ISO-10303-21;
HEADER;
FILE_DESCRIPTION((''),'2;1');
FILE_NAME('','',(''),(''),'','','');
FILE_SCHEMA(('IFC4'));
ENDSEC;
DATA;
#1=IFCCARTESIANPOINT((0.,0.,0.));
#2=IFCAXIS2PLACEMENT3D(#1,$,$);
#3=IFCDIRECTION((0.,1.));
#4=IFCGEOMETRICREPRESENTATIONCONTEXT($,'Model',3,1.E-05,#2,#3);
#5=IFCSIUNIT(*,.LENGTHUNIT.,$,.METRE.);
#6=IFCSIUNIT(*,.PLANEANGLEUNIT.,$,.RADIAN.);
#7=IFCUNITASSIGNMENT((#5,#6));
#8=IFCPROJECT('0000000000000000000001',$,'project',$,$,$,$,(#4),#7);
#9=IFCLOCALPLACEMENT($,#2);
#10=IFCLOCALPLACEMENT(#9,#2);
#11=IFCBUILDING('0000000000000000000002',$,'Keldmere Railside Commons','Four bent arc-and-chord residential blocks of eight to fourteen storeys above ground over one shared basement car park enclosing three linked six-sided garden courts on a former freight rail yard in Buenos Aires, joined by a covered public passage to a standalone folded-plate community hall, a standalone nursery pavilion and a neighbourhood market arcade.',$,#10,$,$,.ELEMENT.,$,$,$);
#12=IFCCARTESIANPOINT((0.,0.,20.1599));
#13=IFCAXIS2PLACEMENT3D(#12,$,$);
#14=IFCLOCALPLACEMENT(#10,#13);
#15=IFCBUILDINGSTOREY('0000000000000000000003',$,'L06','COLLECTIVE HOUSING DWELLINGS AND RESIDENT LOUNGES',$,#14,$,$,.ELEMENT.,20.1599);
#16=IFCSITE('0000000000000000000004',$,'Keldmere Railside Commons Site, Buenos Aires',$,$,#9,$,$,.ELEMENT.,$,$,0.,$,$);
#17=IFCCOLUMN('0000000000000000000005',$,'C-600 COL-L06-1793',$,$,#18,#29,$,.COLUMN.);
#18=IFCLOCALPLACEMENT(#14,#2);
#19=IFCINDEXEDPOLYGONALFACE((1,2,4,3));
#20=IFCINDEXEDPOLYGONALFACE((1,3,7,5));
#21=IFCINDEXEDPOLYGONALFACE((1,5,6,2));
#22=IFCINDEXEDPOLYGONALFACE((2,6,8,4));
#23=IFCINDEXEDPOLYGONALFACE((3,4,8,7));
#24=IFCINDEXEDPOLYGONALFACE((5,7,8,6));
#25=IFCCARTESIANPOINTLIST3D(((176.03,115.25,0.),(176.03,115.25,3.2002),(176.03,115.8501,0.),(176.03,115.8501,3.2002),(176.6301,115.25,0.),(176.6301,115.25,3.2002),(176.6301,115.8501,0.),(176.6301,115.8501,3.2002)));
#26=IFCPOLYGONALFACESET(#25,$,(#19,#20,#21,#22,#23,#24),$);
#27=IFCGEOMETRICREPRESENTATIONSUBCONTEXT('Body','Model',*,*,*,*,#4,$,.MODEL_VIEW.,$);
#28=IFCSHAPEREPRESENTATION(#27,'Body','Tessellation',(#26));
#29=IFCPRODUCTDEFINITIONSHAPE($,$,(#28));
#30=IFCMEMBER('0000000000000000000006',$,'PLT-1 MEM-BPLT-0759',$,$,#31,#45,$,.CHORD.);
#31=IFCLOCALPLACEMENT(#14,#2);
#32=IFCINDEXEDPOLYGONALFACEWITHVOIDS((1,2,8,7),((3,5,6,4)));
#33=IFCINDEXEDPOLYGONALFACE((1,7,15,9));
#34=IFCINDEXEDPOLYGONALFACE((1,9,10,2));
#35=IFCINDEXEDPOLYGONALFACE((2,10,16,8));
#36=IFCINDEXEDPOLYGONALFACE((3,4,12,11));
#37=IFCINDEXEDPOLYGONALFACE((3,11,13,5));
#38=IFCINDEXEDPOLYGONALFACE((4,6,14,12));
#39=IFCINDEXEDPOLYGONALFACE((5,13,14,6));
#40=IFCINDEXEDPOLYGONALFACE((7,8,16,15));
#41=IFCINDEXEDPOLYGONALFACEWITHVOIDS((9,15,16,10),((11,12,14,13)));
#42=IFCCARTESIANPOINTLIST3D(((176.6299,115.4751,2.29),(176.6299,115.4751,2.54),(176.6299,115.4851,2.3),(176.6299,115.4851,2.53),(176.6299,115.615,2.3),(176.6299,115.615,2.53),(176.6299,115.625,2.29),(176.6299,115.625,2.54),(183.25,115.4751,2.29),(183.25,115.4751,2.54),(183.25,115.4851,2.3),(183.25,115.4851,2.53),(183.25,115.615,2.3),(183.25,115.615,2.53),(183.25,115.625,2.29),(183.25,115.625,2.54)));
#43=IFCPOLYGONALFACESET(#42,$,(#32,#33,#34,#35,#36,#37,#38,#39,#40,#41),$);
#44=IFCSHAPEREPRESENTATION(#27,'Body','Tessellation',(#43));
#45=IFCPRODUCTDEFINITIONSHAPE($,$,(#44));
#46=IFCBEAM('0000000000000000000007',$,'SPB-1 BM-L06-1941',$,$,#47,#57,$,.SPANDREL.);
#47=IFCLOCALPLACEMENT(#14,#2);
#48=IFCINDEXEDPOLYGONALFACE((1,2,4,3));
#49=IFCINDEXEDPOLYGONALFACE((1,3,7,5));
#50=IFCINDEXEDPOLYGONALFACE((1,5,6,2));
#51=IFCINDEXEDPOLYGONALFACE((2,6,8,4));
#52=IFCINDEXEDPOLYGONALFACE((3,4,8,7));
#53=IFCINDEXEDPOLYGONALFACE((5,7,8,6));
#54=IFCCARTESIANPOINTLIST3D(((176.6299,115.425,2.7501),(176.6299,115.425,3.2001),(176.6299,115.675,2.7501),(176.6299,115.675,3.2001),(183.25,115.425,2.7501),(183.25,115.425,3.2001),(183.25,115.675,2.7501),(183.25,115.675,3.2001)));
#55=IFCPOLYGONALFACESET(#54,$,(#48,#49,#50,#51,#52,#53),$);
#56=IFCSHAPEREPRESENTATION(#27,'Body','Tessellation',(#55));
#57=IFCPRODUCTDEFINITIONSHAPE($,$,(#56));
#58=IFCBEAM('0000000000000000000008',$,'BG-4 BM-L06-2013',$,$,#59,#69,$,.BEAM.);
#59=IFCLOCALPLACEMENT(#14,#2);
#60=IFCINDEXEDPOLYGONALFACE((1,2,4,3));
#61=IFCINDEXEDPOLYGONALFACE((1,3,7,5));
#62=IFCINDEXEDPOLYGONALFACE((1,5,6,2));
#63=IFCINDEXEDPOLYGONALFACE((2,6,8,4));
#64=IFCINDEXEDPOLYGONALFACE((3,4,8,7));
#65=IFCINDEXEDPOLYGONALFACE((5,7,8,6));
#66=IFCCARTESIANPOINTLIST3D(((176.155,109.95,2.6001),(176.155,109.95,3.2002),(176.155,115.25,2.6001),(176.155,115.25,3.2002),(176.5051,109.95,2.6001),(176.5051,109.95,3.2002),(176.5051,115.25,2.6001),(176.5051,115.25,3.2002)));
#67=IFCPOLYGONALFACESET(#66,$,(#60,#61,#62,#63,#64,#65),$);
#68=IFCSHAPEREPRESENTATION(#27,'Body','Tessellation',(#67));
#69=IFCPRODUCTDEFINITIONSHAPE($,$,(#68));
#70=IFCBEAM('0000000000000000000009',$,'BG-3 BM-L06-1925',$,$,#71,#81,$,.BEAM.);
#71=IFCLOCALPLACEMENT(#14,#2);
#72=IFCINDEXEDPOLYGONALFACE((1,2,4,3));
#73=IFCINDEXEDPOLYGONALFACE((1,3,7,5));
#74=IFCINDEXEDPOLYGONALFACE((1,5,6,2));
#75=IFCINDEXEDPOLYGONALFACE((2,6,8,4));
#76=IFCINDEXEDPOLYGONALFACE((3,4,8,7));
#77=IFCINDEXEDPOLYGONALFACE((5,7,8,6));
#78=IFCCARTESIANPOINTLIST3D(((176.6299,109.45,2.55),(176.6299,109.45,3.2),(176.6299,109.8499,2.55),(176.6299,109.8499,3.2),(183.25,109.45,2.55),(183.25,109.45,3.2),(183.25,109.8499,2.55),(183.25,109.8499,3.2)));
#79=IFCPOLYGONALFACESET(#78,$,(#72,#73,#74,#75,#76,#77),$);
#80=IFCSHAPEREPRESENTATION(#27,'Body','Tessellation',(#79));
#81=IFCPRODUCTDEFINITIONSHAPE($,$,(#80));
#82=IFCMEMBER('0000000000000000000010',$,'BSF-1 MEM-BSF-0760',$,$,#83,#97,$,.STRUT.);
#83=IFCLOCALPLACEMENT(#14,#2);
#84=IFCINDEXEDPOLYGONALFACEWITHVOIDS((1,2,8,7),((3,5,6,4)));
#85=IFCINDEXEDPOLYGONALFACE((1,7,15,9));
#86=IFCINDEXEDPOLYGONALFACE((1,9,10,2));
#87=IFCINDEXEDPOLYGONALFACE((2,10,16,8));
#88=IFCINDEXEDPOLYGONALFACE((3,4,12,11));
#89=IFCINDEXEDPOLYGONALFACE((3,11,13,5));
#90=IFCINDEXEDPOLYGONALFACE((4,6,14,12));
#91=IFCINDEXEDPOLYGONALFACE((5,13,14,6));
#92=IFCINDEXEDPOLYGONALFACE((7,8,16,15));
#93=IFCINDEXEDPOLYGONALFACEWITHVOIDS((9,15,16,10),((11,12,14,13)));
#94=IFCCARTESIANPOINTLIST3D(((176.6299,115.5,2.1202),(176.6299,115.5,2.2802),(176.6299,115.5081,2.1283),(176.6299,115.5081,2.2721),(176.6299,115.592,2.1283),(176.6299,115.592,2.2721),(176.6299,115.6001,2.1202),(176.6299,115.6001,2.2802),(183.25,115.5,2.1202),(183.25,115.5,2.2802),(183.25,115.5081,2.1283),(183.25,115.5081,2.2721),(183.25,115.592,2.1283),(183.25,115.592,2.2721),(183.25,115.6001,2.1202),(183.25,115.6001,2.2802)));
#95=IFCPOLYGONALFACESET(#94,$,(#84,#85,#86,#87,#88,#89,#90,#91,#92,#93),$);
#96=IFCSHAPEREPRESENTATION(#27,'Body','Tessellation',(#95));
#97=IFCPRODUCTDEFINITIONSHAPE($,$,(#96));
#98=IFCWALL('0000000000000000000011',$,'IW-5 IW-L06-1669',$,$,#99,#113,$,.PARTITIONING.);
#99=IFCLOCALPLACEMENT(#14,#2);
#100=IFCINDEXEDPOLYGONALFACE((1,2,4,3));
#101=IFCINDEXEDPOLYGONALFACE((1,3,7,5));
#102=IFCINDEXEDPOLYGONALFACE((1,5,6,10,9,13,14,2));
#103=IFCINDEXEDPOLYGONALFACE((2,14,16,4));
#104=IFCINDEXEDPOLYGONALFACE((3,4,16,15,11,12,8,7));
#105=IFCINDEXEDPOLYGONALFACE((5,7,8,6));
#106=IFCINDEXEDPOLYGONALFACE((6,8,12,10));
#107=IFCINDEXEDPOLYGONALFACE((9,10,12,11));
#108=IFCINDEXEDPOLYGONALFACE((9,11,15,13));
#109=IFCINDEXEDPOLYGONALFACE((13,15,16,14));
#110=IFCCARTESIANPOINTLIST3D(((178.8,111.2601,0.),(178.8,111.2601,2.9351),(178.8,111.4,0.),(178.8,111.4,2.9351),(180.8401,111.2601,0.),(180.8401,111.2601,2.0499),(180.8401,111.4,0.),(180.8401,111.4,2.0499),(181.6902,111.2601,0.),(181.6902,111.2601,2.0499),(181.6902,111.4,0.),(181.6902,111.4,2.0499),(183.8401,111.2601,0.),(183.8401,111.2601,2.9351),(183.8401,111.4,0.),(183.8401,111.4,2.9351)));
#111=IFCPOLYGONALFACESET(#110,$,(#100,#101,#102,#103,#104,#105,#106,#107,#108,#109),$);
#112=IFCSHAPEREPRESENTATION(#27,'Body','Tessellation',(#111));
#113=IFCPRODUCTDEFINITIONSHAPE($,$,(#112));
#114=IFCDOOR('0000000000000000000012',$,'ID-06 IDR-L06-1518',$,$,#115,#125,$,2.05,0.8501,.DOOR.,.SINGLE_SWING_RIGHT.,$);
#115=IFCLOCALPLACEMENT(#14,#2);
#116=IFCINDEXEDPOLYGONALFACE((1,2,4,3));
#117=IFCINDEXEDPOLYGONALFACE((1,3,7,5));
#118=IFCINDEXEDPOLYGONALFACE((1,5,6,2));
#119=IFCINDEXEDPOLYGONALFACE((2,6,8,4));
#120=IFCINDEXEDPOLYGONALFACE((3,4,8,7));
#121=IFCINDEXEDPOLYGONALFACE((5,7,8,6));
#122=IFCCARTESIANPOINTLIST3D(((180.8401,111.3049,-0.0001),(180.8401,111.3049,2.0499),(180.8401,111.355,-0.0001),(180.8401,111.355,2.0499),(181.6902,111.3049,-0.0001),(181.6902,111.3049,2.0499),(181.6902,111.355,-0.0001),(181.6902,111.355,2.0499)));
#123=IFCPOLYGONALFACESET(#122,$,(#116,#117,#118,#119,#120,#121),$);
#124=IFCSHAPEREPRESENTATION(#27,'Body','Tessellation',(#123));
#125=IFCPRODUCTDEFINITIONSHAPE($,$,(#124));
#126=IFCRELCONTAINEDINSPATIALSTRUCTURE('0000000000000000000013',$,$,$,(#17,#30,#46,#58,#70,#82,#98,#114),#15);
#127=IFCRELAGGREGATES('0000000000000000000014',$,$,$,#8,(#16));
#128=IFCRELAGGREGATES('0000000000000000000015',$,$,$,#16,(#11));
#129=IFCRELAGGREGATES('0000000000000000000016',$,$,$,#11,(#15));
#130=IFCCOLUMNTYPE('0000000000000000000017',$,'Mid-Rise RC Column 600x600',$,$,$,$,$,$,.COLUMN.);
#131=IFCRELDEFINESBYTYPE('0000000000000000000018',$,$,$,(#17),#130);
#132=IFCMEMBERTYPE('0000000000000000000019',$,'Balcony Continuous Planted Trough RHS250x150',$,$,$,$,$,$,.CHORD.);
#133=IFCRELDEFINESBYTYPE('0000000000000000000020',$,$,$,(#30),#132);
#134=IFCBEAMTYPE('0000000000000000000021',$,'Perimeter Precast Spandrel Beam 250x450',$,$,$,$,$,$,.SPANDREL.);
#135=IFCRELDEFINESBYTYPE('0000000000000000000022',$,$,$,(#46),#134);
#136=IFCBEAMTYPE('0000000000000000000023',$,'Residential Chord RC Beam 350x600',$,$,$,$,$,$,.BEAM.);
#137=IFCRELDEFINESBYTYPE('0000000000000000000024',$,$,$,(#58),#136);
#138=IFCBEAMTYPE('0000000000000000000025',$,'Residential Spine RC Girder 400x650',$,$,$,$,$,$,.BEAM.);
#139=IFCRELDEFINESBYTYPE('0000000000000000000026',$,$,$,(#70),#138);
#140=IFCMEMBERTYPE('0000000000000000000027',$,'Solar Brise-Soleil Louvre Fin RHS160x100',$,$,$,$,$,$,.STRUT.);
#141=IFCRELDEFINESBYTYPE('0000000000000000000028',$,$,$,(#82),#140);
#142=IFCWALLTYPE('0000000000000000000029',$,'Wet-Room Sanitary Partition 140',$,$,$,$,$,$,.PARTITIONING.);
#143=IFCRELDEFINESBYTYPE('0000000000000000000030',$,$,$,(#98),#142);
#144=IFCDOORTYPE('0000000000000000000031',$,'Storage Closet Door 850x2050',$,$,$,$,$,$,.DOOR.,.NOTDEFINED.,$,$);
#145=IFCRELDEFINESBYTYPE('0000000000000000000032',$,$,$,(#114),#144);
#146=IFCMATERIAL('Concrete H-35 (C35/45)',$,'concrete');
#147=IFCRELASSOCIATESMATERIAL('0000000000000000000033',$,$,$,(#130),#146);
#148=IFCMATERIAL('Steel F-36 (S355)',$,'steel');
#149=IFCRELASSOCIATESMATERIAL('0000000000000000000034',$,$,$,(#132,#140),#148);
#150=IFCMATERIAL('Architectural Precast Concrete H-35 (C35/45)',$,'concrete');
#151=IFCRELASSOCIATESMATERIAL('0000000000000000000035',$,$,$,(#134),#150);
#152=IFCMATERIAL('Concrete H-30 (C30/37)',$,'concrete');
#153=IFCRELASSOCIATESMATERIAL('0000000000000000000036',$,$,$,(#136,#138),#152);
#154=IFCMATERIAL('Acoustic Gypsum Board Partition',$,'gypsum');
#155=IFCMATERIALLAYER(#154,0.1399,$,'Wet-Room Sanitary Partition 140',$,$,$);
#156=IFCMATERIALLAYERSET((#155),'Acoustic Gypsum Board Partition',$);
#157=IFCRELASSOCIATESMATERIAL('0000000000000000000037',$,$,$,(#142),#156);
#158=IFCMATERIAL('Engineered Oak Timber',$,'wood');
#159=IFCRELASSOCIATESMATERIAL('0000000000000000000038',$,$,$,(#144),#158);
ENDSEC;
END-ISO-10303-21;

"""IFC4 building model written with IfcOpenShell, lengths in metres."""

from ifc_helpers import new_model, si_unit, direction, frame, frame_2d, origin, origin_2d, place, context, subcontext, project, spatial, rectangle, hollow_rectangle, extrude, material, layer, layer_set, material_profile, profile_set, type_object, element, fill, save


model = new_model("IFC4")

# Units and contexts
model_context = context("Model", 3, precision=1e-05, world=origin(), true_north=direction((0.0, 1.0)))
body_context = subcontext(model_context, "Body", "Model", "MODEL_VIEW")
ifc_project = project(units=[si_unit("LENGTHUNIT", "METRE"), si_unit("PLANEANGLEUNIT", "RADIAN")], contexts=[model_context])

# Site, building, storey
site_placement = place(None, origin())
site = spatial("IfcSite", under=ifc_project, at=site_placement, Name="Keldmere Railside Commons Site, Buenos Aires", CompositionType="ELEMENT", RefElevation=0.0)
building_placement = place(site_placement, origin())
building = spatial("IfcBuilding", under=site, at=building_placement, Name="Keldmere Railside Commons", Description="Four bent arc-and-chord residential blocks of eight to fourteen storeys above ground over one shared basement car park enclosing three linked six-sided garden courts on a former freight rail yard in Buenos Aires, joined by a covered public passage to a standalone folded-plate community hall, a standalone nursery pavilion and a neighbourhood market arcade.", CompositionType="ELEMENT")
storey_placement = place(building_placement, frame((0.0, 0.0, 20.1599)))
storey = spatial("IfcBuildingStorey", under=building, at=storey_placement, Name="L06", Description="COLLECTIVE HOUSING DWELLINGS AND RESIDENT LOUNGES", CompositionType="ELEMENT", Elevation=20.1599)

# Column
ifc_material_1 = material(Name="Concrete H-35 (C35/45)", Category="concrete")
ifc_material_profile_1 = material_profile(ifc_material_1, rectangle(XDim=0.6001, YDim=0.6001, at=origin_2d()), Name="RC-600x600")
ifc_profile_set_1 = profile_set([ifc_material_profile_1], Name="Concrete H-35 (C35/45)")
column_type = type_object("IfcColumnType", Name="Mid-Rise RC Column 600x600", PredefinedType="COLUMN", material=ifc_profile_set_1)
column_placement = place(storey_placement, frame((176.3301, 115.55, 0.0), z_axis=(0.0, 0.0, 1.0), x_axis=(1.0, 0.0, 0.0)))
element("IfcColumn", 1, at=column_placement, inside=storey, type_object=column_type, Name="C-600 COL-L06-1793", PredefinedType="COLUMN", context=body_context, shape_type="SweptSolid", body=[
    extrude(rectangle(XDim=0.6001, YDim=0.6001, at=origin_2d()), origin(), (0.0, 0.0, 1.0), 3.2002),
])

# Member
ifc_material_2 = material(Name="Steel F-36 (S355)", Category="steel")
ifc_material_profile_2 = material_profile(ifc_material_2, hollow_rectangle(XDim=0.1499, YDim=0.25, WallThickness=0.01, at=origin_2d()), Name="RHS-250x150x10")
ifc_profile_set_2 = profile_set([ifc_material_profile_2], Name="Steel F-36 (S355)")
member_type_1 = type_object("IfcMemberType", Name="Balcony Continuous Planted Trough RHS250x150", PredefinedType="CHORD", material=ifc_profile_set_2)
member_1_placement = place(storey_placement, frame((176.6299, 115.55, 2.415), z_axis=(1.0, 0.0, 0.0), x_axis=(0.0, 1.0, 0.0)))
element("IfcMember", 2, at=member_1_placement, inside=storey, type_object=member_type_1, Name="PLT-1 MEM-BPLT-0759", PredefinedType="CHORD", context=body_context, shape_type="SweptSolid", body=[
    extrude(hollow_rectangle(XDim=0.1499, YDim=0.25, WallThickness=0.01, at=origin_2d()), origin(), (0.0, 0.0, 1.0), 6.6201),
])

# Beams
ifc_material_3 = material(Name="Architectural Precast Concrete H-35 (C35/45)", Category="concrete")
ifc_material_profile_3 = material_profile(ifc_material_3, rectangle(XDim=0.25, YDim=0.45, at=origin_2d()), Name="RC-250x450")
ifc_profile_set_3 = profile_set([ifc_material_profile_3], Name="Architectural Precast Concrete H-35 (C35/45)")
beam_type_1 = type_object("IfcBeamType", Name="Perimeter Precast Spandrel Beam 250x450", PredefinedType="SPANDREL", material=ifc_profile_set_3)
beam_1_placement = place(storey_placement, frame((176.6299, 115.55, 2.9751), z_axis=(1.0, 0.0, 0.0), x_axis=(0.0, 1.0, 0.0)))
element("IfcBeam", 3, at=beam_1_placement, inside=storey, type_object=beam_type_1, Name="SPB-1 BM-L06-1941", PredefinedType="SPANDREL", context=body_context, shape_type="SweptSolid", body=[
    extrude(rectangle(XDim=0.25, YDim=0.45, at=origin_2d()), origin(), (0.0, 0.0, 1.0), 6.6201),
])
ifc_material_4 = material(Name="Concrete H-30 (C30/37)", Category="concrete")
ifc_material_profile_4 = material_profile(ifc_material_4, rectangle(XDim=0.3501, YDim=0.6001, at=origin_2d()), Name="RC-350x600")
ifc_profile_set_4 = profile_set([ifc_material_profile_4], Name="Concrete H-30 (C30/37)")
beam_type_2 = type_object("IfcBeamType", Name="Residential Chord RC Beam 350x600", PredefinedType="BEAM", material=ifc_profile_set_4)
beam_2_placement = place(storey_placement, frame((176.3301, 109.95, 2.9001), z_axis=(0.0, 1.0, 0.0), x_axis=(-1.0, 0.0, 0.0)))
element("IfcBeam", 4, at=beam_2_placement, inside=storey, type_object=beam_type_2, Name="BG-4 BM-L06-2013", PredefinedType="BEAM", context=body_context, shape_type="SweptSolid", body=[
    extrude(rectangle(XDim=0.3501, YDim=0.6001, at=origin_2d()), origin(), (0.0, 0.0, 1.0), 5.3),
])
ifc_material_profile_5 = material_profile(ifc_material_4, rectangle(XDim=0.3999, YDim=0.6499, at=origin_2d()), Name="RC-400x650")
ifc_profile_set_5 = profile_set([ifc_material_profile_5], Name="Concrete H-30 (C30/37)")
beam_type_3 = type_object("IfcBeamType", Name="Residential Spine RC Girder 400x650", PredefinedType="BEAM", material=ifc_profile_set_5)
beam_3_placement = place(storey_placement, frame((176.6299, 109.6499, 2.875), z_axis=(1.0, 0.0, 0.0), x_axis=(0.0, 1.0, 0.0)))
element("IfcBeam", 5, at=beam_3_placement, inside=storey, type_object=beam_type_3, Name="BG-3 BM-L06-1925", PredefinedType="BEAM", context=body_context, shape_type="SweptSolid", body=[
    extrude(rectangle(XDim=0.3999, YDim=0.6499, at=origin_2d()), origin(), (0.0, 0.0, 1.0), 6.6201),
])

# Member
ifc_material_profile_6 = material_profile(ifc_material_2, hollow_rectangle(XDim=0.1001, YDim=0.1599, WallThickness=0.0081, at=origin_2d()), Name="RHS-160x100x8")
ifc_profile_set_6 = profile_set([ifc_material_profile_6], Name="Steel F-36 (S355)")
member_type_2 = type_object("IfcMemberType", Name="Solar Brise-Soleil Louvre Fin RHS160x100", PredefinedType="STRUT", material=ifc_profile_set_6)
member_2_placement = place(storey_placement, frame((176.6299, 115.55, 2.2002), z_axis=(1.0, 0.0, 0.0), x_axis=(0.0, 1.0, 0.0)))
element("IfcMember", 6, at=member_2_placement, inside=storey, type_object=member_type_2, Name="BSF-1 MEM-BSF-0760", PredefinedType="STRUT", context=body_context, shape_type="SweptSolid", body=[
    extrude(hollow_rectangle(XDim=0.1001, YDim=0.1599, WallThickness=0.0081, at=origin_2d()), origin(), (0.0, 0.0, 1.0), 6.6201),
])

# Wall, opening, door
ifc_material_5 = material(Name="Acoustic Gypsum Board Partition", Category="gypsum")
ifc_layer = layer(ifc_material_5, 0.1399, Name="Wet-Room Sanitary Partition 140")
ifc_layer_set = layer_set([ifc_layer], Name="Acoustic Gypsum Board Partition")
wall_type = type_object("IfcWallType", Name="Wet-Room Sanitary Partition 140", PredefinedType="PARTITIONING", material=ifc_layer_set)
wall_placement = place(storey_placement, frame((178.8, 111.3301, 0.0), z_axis=(0.0, 0.0, 1.0), x_axis=(1.0, 0.0, 0.0)))
wall = element("IfcWall", 7, at=wall_placement, inside=storey, type_object=wall_type, Name="IW-5 IW-L06-1669", PredefinedType="PARTITIONING", context=body_context, shape_type="SweptSolid", body=[
    extrude(rectangle(XDim=5.04, YDim=0.1399, at=frame_2d((2.52, 0.0))), origin(), (0.0, 0.0, 1.0), 2.9351),
])
opening_placement = place(wall_placement, frame((2.04, 0.0, 0.0)))
opening = element("IfcOpeningElement", 8, at=opening_placement, cuts=wall, PredefinedType="OPENING", context=body_context, shape_type="SweptSolid", body=[
    extrude(rectangle(XDim=0.8501, YDim=2.05, at=frame_2d((0.425, 1.0249))), frame((0.0, 0.0798, 0.0), z_axis=(0.0, -1.0, 0.0), x_axis=(1.0, 0.0, 0.0)), (0.0, 0.0, 1.0), 0.1599),
])
ifc_material_6 = material(Name="Engineered Oak Timber", Category="wood")
door_type = type_object("IfcDoorType", Name="Storage Closet Door 850x2050", OperationType="NOTDEFINED", PredefinedType="DOOR", material=ifc_material_6)
door_placement = place(opening_placement, origin())
door = element("IfcDoor", 9, at=door_placement, inside=storey, type_object=door_type, Name="ID-06 IDR-L06-1518", OperationType="SINGLE_SWING_RIGHT", OverallHeight=2.05, OverallWidth=0.8501, PredefinedType="DOOR", context=body_context, shape_type="SweptSolid", body=[
    extrude(rectangle(XDim=0.8501, YDim=2.05, at=frame_2d((0.425, 1.0249))), frame((0.0, 0.0249, 0.0), z_axis=(0.0, -1.0, 0.0), x_axis=(1.0, 0.0, 0.0)), (0.0, 0.0, 1.0), 0.05),
])
fill(opening, door)

save(model, "model.ifc")
